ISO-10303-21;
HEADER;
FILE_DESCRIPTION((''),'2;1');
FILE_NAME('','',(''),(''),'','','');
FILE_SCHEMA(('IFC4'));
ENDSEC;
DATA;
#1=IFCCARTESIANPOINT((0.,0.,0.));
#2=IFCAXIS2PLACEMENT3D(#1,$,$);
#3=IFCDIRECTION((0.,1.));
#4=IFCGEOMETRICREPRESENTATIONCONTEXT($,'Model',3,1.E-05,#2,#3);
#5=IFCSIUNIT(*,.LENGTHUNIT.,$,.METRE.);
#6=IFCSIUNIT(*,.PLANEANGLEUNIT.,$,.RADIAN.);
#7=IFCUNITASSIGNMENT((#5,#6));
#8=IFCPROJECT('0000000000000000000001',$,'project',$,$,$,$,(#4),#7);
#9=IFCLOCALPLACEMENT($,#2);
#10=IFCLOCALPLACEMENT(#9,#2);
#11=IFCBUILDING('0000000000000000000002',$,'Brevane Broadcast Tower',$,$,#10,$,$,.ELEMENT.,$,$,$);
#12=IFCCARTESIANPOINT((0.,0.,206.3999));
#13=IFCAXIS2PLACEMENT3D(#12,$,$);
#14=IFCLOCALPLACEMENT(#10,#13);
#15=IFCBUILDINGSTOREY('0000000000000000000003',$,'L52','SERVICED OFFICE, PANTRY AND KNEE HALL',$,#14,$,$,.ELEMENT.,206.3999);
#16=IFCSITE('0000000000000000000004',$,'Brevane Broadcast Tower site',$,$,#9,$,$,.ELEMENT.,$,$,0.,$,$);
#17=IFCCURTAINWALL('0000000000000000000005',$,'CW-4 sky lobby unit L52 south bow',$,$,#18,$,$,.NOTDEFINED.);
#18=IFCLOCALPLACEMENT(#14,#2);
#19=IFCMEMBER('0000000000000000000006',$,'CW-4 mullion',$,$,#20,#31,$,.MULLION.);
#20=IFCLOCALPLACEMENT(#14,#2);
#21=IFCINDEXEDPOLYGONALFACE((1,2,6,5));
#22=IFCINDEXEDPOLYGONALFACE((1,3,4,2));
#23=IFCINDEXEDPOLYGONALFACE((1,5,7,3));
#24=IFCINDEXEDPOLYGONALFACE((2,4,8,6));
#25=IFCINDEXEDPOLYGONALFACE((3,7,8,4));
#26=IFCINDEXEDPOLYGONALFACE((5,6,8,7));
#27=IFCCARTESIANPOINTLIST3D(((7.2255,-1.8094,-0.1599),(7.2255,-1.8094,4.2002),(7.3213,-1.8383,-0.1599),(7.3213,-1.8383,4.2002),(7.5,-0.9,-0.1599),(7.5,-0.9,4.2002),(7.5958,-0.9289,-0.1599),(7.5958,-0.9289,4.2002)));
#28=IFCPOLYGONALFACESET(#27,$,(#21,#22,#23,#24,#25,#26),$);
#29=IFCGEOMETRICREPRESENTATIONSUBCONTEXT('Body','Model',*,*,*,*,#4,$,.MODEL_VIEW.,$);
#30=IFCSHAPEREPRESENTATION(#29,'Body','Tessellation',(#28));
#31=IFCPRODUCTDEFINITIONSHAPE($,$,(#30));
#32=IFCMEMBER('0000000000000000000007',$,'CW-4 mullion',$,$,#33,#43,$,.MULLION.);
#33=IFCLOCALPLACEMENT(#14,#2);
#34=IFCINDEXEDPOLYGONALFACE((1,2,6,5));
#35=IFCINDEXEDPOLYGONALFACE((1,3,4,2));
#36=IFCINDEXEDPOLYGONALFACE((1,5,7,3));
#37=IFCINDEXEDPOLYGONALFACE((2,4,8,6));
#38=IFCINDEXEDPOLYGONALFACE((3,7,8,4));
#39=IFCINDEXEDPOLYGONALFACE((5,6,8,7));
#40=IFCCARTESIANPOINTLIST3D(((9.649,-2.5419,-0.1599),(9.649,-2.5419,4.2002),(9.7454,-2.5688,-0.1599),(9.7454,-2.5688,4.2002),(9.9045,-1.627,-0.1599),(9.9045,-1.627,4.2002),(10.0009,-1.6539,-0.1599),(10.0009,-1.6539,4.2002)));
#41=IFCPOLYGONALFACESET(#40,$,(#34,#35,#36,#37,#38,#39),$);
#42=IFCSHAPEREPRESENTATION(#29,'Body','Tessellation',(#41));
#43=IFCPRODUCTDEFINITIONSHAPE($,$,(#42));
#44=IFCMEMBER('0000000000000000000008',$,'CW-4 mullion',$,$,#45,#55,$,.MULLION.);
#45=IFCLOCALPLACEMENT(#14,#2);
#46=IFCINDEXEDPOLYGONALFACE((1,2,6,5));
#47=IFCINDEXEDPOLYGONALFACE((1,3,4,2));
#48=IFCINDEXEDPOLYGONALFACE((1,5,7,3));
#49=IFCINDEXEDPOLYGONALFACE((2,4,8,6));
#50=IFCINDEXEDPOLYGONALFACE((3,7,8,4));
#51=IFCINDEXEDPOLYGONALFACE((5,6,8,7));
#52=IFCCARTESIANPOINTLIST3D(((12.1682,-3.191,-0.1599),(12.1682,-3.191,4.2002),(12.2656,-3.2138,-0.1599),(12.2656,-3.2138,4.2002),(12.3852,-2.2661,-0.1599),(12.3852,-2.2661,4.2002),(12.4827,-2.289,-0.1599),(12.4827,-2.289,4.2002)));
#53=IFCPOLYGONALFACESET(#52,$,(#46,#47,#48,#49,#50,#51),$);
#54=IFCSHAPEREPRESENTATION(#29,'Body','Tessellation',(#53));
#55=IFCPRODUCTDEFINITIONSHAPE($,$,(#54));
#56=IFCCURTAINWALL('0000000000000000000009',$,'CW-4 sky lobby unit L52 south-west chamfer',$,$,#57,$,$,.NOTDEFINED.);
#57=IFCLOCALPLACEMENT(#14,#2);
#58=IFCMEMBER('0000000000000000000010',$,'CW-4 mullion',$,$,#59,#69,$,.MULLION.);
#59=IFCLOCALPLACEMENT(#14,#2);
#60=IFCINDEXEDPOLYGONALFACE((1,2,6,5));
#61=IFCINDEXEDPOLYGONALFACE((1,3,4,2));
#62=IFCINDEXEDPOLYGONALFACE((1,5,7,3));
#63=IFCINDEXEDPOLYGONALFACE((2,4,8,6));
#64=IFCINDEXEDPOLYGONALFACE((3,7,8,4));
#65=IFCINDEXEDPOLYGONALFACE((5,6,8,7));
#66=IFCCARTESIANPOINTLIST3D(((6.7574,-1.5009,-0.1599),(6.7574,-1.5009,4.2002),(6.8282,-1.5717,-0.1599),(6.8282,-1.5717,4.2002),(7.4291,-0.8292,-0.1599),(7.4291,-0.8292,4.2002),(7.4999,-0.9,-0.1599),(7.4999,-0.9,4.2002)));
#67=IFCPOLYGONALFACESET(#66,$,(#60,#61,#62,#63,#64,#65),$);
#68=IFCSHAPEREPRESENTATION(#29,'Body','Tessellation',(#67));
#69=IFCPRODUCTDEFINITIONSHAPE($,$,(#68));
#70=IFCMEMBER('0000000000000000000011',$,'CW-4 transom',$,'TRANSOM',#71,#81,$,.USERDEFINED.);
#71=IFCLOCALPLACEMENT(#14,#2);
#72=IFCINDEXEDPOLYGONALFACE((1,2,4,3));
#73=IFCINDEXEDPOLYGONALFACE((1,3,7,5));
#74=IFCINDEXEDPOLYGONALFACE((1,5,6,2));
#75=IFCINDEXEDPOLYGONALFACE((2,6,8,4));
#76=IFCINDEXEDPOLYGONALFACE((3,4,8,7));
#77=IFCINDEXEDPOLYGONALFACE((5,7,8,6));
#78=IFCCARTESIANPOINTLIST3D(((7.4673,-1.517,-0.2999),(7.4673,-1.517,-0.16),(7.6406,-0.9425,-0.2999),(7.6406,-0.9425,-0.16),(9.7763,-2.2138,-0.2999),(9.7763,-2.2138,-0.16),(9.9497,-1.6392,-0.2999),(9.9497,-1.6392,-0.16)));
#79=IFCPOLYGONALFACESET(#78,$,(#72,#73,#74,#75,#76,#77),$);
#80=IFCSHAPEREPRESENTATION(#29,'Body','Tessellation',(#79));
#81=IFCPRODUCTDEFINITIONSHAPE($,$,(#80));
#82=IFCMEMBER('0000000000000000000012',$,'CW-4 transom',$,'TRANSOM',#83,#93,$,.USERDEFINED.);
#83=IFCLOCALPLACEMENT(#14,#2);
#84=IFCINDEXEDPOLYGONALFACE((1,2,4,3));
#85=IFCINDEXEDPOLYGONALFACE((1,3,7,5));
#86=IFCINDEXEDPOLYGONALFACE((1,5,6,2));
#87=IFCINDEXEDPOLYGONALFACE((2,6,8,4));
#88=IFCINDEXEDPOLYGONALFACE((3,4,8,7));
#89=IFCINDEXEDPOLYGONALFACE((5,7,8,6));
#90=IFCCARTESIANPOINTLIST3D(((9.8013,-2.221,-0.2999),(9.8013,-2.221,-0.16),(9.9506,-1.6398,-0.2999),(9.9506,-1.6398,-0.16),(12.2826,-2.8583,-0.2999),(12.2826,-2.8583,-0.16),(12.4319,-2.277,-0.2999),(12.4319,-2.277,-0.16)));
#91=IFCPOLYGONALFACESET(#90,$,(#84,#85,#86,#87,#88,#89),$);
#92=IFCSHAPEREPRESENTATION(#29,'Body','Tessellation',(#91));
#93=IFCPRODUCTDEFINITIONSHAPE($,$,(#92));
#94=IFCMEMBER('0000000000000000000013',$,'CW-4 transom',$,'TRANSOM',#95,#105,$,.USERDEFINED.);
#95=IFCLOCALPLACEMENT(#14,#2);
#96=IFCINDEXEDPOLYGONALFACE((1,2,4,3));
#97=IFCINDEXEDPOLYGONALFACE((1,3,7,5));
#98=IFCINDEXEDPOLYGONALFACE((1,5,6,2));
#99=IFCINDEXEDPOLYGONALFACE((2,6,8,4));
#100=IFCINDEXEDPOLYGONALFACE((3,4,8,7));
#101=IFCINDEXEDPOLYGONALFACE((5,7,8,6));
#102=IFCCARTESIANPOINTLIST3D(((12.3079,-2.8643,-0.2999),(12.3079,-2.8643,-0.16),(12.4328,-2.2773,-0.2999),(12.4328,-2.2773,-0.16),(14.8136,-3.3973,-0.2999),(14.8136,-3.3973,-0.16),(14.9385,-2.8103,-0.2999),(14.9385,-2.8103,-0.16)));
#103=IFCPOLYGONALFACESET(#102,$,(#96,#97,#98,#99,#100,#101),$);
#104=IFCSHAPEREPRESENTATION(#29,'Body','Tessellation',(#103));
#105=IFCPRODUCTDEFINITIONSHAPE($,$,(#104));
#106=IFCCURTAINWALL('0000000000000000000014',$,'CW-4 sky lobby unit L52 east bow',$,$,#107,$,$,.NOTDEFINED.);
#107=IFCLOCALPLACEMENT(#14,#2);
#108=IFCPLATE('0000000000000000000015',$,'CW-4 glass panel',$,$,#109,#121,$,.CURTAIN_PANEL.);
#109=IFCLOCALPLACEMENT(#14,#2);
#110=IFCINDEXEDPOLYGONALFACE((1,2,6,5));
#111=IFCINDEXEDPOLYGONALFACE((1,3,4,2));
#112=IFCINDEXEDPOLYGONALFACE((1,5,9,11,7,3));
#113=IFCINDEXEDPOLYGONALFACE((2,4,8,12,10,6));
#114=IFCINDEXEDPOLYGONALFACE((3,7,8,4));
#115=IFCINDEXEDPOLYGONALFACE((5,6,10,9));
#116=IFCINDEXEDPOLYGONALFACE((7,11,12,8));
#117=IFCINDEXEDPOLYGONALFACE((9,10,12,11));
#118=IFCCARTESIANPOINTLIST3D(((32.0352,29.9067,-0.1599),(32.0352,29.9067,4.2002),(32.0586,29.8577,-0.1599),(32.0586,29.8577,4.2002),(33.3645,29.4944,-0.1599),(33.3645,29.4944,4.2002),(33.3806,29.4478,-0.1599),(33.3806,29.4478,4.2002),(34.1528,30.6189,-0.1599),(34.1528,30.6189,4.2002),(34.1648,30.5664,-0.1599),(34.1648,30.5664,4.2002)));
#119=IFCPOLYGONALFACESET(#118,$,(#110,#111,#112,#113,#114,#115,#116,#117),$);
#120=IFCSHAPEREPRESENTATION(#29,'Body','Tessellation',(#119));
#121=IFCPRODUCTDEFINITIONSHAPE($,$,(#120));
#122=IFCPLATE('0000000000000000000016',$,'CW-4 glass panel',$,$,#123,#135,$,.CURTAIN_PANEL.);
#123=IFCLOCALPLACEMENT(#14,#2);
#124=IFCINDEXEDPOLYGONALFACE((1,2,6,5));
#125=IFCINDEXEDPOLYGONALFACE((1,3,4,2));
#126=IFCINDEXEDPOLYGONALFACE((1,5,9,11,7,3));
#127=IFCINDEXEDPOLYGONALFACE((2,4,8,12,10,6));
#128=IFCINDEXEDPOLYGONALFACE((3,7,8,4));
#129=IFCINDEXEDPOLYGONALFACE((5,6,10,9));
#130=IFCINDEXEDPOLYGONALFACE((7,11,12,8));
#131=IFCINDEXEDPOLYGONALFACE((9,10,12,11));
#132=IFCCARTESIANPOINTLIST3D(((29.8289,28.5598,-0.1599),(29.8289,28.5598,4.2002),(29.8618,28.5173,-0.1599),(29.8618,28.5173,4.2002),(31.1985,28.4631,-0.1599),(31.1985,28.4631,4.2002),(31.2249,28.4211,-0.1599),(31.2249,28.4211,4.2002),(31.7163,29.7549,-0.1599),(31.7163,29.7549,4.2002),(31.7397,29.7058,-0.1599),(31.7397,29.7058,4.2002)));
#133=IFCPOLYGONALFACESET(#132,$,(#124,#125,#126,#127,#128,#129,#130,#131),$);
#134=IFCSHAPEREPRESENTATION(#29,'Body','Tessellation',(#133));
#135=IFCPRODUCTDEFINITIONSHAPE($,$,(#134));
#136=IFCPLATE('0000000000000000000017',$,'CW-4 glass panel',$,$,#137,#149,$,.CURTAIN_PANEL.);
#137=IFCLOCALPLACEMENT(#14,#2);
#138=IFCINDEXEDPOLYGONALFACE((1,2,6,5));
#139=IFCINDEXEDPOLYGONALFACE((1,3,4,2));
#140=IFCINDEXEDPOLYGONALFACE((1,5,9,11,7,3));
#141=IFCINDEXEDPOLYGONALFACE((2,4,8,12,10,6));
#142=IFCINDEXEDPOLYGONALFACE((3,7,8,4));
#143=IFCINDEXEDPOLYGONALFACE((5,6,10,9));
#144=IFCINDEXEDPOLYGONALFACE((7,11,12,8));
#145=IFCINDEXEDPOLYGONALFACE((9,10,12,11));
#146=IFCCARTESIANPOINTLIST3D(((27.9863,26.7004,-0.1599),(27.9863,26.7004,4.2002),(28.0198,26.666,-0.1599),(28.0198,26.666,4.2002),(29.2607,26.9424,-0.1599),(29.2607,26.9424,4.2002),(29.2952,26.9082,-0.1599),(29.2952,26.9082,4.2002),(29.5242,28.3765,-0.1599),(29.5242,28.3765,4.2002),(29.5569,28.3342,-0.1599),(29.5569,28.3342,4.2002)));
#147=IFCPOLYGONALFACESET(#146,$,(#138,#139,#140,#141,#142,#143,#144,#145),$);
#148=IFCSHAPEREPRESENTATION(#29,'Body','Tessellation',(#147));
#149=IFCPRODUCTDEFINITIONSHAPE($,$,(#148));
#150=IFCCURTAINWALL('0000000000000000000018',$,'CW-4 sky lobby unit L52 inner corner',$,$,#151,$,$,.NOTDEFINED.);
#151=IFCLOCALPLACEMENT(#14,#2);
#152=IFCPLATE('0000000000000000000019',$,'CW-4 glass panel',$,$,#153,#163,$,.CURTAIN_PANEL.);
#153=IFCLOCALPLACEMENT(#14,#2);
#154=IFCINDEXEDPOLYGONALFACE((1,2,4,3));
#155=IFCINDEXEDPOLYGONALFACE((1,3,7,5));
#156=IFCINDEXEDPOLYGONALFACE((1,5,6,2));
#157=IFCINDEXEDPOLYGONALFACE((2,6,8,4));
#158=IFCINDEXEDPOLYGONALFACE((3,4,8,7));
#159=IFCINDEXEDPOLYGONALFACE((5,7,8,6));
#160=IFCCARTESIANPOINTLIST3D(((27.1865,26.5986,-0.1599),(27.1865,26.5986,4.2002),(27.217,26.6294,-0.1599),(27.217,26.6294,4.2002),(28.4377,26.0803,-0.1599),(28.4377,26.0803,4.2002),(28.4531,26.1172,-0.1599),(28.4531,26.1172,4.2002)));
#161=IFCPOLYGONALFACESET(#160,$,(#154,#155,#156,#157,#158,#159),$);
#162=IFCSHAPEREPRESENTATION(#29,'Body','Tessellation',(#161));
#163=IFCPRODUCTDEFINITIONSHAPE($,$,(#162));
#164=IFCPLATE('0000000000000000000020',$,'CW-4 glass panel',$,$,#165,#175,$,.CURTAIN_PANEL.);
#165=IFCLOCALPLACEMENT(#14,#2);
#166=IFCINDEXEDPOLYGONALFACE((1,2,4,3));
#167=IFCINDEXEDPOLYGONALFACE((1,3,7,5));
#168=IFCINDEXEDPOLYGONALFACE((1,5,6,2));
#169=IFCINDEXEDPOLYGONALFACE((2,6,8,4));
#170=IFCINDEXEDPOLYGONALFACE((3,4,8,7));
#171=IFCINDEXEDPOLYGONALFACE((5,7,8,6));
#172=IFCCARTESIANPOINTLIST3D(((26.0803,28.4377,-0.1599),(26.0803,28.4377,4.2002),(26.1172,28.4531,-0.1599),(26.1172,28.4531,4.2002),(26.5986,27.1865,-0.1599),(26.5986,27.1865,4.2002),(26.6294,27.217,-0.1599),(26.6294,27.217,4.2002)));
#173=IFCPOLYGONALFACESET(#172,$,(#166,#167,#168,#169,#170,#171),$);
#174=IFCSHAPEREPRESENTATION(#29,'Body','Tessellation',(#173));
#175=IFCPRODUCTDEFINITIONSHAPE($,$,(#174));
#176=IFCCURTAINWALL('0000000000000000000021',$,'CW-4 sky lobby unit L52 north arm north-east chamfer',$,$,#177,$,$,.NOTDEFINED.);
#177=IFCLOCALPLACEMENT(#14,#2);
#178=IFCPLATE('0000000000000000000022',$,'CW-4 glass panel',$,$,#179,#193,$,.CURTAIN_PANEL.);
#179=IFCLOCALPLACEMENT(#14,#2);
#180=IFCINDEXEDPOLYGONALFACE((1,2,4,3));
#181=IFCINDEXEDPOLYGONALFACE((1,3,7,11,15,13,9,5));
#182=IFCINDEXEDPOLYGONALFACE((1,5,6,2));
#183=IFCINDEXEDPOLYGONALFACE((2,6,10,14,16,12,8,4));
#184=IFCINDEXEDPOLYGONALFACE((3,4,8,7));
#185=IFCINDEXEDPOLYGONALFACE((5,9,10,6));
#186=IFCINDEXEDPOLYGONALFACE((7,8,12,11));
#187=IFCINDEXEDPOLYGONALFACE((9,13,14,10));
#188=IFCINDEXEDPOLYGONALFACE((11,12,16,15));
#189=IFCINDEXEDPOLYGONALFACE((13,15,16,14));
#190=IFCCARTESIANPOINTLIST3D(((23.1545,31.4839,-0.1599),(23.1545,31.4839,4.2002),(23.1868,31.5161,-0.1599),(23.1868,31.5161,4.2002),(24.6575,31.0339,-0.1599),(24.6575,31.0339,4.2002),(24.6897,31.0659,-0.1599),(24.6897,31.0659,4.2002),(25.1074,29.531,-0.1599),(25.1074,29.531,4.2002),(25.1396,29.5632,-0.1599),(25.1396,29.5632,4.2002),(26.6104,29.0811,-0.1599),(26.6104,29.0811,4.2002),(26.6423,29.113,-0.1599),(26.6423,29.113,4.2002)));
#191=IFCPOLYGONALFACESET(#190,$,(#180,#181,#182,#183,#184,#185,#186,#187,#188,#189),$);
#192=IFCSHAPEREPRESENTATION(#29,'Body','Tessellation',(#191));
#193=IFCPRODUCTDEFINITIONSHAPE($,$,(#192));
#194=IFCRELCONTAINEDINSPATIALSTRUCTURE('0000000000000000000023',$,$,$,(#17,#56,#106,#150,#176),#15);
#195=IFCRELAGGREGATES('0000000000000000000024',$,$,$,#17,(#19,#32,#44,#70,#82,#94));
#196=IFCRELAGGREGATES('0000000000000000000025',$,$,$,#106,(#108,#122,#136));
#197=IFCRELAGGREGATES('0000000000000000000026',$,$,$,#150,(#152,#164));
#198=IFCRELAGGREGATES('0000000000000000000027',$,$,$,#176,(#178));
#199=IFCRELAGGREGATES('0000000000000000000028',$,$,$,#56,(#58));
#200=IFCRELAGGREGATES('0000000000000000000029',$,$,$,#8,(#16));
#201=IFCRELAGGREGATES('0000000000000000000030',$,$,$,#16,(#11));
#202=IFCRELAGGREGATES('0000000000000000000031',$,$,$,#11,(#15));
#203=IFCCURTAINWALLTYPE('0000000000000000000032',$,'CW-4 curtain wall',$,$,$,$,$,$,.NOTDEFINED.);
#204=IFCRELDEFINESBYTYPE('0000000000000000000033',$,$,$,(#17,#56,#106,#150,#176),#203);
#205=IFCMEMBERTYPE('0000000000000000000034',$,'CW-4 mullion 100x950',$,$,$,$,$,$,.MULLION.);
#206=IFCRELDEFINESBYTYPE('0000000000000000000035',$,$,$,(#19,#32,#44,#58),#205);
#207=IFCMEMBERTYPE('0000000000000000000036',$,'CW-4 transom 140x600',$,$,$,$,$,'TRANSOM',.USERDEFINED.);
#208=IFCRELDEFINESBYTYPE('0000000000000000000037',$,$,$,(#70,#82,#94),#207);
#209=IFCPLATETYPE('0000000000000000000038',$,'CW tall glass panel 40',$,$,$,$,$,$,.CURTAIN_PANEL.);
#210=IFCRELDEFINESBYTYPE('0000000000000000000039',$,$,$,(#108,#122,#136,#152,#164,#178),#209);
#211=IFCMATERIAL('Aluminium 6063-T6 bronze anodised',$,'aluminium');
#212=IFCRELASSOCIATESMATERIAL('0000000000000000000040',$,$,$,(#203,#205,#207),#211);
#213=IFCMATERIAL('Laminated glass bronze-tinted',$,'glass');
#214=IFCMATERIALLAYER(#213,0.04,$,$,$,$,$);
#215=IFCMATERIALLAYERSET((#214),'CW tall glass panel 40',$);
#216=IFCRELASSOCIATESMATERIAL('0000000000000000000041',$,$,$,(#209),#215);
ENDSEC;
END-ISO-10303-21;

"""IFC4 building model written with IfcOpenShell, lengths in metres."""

from ifc_helpers import new_model, si_unit, direction, frame, origin, origin_2d, place, context, subcontext, project, spatial, polyline, rectangle, outline, extrude, material, layer, layer_set, material_profile, profile_set, type_object, element, aggregate, save


model = new_model("IFC4")

# Units and contexts
model_context = context("Model", 3, precision=1e-05, world=origin(), true_north=direction((0.0, 1.0)))
body_context = subcontext(model_context, "Body", "Model", "MODEL_VIEW")
ifc_project = project(units=[si_unit("LENGTHUNIT", "METRE"), si_unit("PLANEANGLEUNIT", "RADIAN")], contexts=[model_context])

# Site, building, storey
site_placement = place(None, origin())
site = spatial("IfcSite", under=ifc_project, at=site_placement, Name="Brevane Broadcast Tower site", CompositionType="ELEMENT", RefElevation=0.0)
building_placement = place(site_placement, origin())
building = spatial("IfcBuilding", under=site, at=building_placement, Name="Brevane Broadcast Tower", CompositionType="ELEMENT")
storey_placement = place(building_placement, frame((0.0, 0.0, 206.3999)))
storey = spatial("IfcBuildingStorey", under=building, at=storey_placement, Name="L52", Description="SERVICED OFFICE, PANTRY AND KNEE HALL", CompositionType="ELEMENT", Elevation=206.3999)

# Curtain wall, members
ifc_material_1 = material(Name="Aluminium 6063-T6 bronze anodised", Category="aluminium")
curtain_wall_type = type_object("IfcCurtainWallType", Name="CW-4 curtain wall", PredefinedType="NOTDEFINED", material=ifc_material_1)
curtain_wall_1_placement = place(storey_placement, origin())
curtain_wall_1 = element("IfcCurtainWall", 1, at=curtain_wall_1_placement, inside=storey, type_object=curtain_wall_type, Name="CW-4 sky lobby unit L52 south bow", PredefinedType="NOTDEFINED")
ifc_material_profile_1 = material_profile(ifc_material_1, rectangle(XDim=0.95, YDim=0.1001, at=origin_2d()), Name="RECT 100x950")
ifc_profile_set_1 = profile_set([ifc_material_profile_1], Name="Aluminium 6063-T6 bronze anodised")
member_type_1 = type_object("IfcMemberType", Name="CW-4 mullion 100x950", PredefinedType="MULLION", material=ifc_profile_set_1)
member_1_placement = place(storey_placement, frame((7.4106, -1.3691, -0.1599), z_axis=(0.0, 0.0, 1.0), x_axis=(0.288968, 0.957339, 0.0)))
member_1 = element("IfcMember", 2, at=member_1_placement, type_object=member_type_1, Name="CW-4 mullion", PredefinedType="MULLION", context=body_context, shape_type="SweptSolid", body=[
    extrude(rectangle(XDim=0.95, YDim=0.1001, at=origin_2d()), origin(), (0.0, 0.0, 1.0), 4.3601),
])
member_2_placement = place(storey_placement, frame((9.825, -2.0979, -0.1599), z_axis=(0.0, 0.0, 1.0), x_axis=(0.268916, 0.963164, 0.0)))
member_2 = element("IfcMember", 3, at=member_2_placement, type_object=member_type_1, Name="CW-4 mullion", PredefinedType="MULLION", context=body_context, shape_type="SweptSolid", body=[
    extrude(rectangle(XDim=0.95, YDim=0.1001, at=origin_2d()), origin(), (0.0, 0.0, 1.0), 4.3601),
])
member_3_placement = place(storey_placement, frame((12.3254, -2.74, -0.1599), z_axis=(0.0, 0.0, 1.0), x_axis=(0.228467, 0.973552, 0.0)))
member_3 = element("IfcMember", 4, at=member_3_placement, type_object=member_type_1, Name="CW-4 mullion", PredefinedType="MULLION", context=body_context, shape_type="SweptSolid", body=[
    extrude(rectangle(XDim=0.95, YDim=0.1001, at=origin_2d()), origin(), (0.0, 0.0, 1.0), 4.3601),
])

# Curtain wall, member
curtain_wall_2_placement = place(storey_placement, origin())
curtain_wall_2 = element("IfcCurtainWall", 5, at=curtain_wall_2_placement, inside=storey, type_object=curtain_wall_type, Name="CW-4 sky lobby unit L52 south-west chamfer", PredefinedType="NOTDEFINED")
member_4_placement = place(storey_placement, frame((7.1287, -1.2004, -0.1599), z_axis=(0.0, 0.0, 1.0), x_axis=(0.707107, 0.707107, 0.0)))
member_4 = element("IfcMember", 6, at=member_4_placement, type_object=member_type_1, Name="CW-4 mullion", PredefinedType="MULLION", context=body_context, shape_type="SweptSolid", body=[
    extrude(rectangle(XDim=0.95, YDim=0.1001, at=origin_2d()), origin(), (0.0, 0.0, 1.0), 4.3601),
])

# Members
ifc_material_profile_2 = material_profile(ifc_material_1, rectangle(XDim=0.6001, YDim=0.1399, at=origin_2d()), Name="RECT 140x600")
ifc_profile_set_2 = profile_set([ifc_material_profile_2], Name="Aluminium 6063-T6 bronze anodised")
member_type_2 = type_object("IfcMemberType", Name="CW-4 transom 140x600", ElementType="TRANSOM", PredefinedType="USERDEFINED", material=ifc_profile_set_2)
member_5_placement = place(storey_placement, frame((7.554, -1.2297, -0.23), z_axis=(0.957363, -0.288889, 0.0), x_axis=(0.288889, 0.957363, 0.0)))
member_5 = element("IfcMember", 7, at=member_5_placement, type_object=member_type_2, Name="CW-4 transom", ObjectType="TRANSOM", PredefinedType="USERDEFINED", context=body_context, shape_type="SweptSolid", body=[
    extrude(rectangle(XDim=0.6001, YDim=0.1399, at=origin_2d()), origin(), (0.0, 0.0, 1.0), 2.4119),
])
member_6_placement = place(storey_placement, frame((9.876, -1.9304, -0.23), z_axis=(0.96857, -0.248742, 0.0), x_axis=(0.248742, 0.96857, 0.0)))
member_6 = element("IfcMember", 8, at=member_6_placement, type_object=member_type_2, Name="CW-4 transom", ObjectType="TRANSOM", PredefinedType="USERDEFINED", context=body_context, shape_type="SweptSolid", body=[
    extrude(rectangle(XDim=0.6001, YDim=0.1399, at=origin_2d()), origin(), (0.0, 0.0, 1.0), 2.5618),
])
member_7_placement = place(storey_placement, frame((12.3704, -2.5708, -0.23), z_axis=(0.978118, -0.208051, 0.0), x_axis=(0.208051, 0.978118, 0.0)))
member_7 = element("IfcMember", 9, at=member_7_placement, type_object=member_type_2, Name="CW-4 transom", ObjectType="TRANSOM", PredefinedType="USERDEFINED", context=body_context, shape_type="SweptSolid", body=[
    extrude(rectangle(XDim=0.6001, YDim=0.1399, at=origin_2d()), origin(), (0.0, 0.0, 1.0), 2.5618),
])
aggregate(curtain_wall_1, [member_1, member_2, member_3, member_5, member_6, member_7])

# Curtain walls, plates
curtain_wall_3_placement = place(storey_placement, origin())
curtain_wall_3 = element("IfcCurtainWall", 10, at=curtain_wall_3_placement, inside=storey, type_object=curtain_wall_type, Name="CW-4 sky lobby unit L52 east bow", PredefinedType="NOTDEFINED")
ifc_material_2 = material(Name="Laminated glass bronze-tinted", Category="glass")
ifc_layer_1 = layer(ifc_material_2, 0.04)
ifc_layer_set_1 = layer_set([ifc_layer_1], Name="CW tall glass panel 40")
plate_type = type_object("IfcPlateType", Name="CW tall glass panel 40", PredefinedType="CURTAIN_PANEL", material=ifc_layer_set_1)
plate_1_placement = place(storey_placement, frame((0.0, 0.0, -0.1599)))
plate_1 = element("IfcPlate", 11, at=plate_1_placement, type_object=plate_type, Name="CW-4 glass panel", PredefinedType="CURTAIN_PANEL", context=body_context, shape_type="SweptSolid", body=[
    extrude(outline(polyline([(34.1648, 30.5664), (34.1528, 30.6189), (33.3645, 29.4944), (32.0352, 29.9067), (32.0586, 29.8577), (33.3806, 29.4478), (34.1648, 30.5664)])), origin(), (0.0, 0.0, 1.0), 4.3601),
])
plate_2_placement = place(storey_placement, frame((0.0, 0.0, -0.1599)))
plate_2 = element("IfcPlate", 12, at=plate_2_placement, type_object=plate_type, Name="CW-4 glass panel", PredefinedType="CURTAIN_PANEL", context=body_context, shape_type="SweptSolid", body=[
    extrude(outline(polyline([(31.7397, 29.7058), (31.7163, 29.7549), (31.1985, 28.4631), (29.8289, 28.5598), (29.8618, 28.5173), (31.2249, 28.4211), (31.7397, 29.7058)])), origin(), (0.0, 0.0, 1.0), 4.3601),
])
plate_3_placement = place(storey_placement, frame((0.0, 0.0, -0.1599)))
plate_3 = element("IfcPlate", 13, at=plate_3_placement, type_object=plate_type, Name="CW-4 glass panel", PredefinedType="CURTAIN_PANEL", context=body_context, shape_type="SweptSolid", body=[
    extrude(outline(polyline([(29.5569, 28.3342), (29.5242, 28.3765), (29.2607, 26.9424), (27.9863, 26.7004), (28.0198, 26.666), (29.2952, 26.9082), (29.5569, 28.3342)])), origin(), (0.0, 0.0, 1.0), 4.3601),
])
aggregate(curtain_wall_3, [plate_1, plate_2, plate_3])
curtain_wall_4_placement = place(storey_placement, origin())
curtain_wall_4 = element("IfcCurtainWall", 14, at=curtain_wall_4_placement, inside=storey, type_object=curtain_wall_type, Name="CW-4 sky lobby unit L52 inner corner", PredefinedType="NOTDEFINED")
plate_4_placement = place(storey_placement, frame((0.0, 0.0, -0.1599)))
plate_4 = element("IfcPlate", 15, at=plate_4_placement, type_object=plate_type, Name="CW-4 glass panel", PredefinedType="CURTAIN_PANEL", context=body_context, shape_type="SweptSolid", body=[
    extrude(outline(polyline([(28.4377, 26.0803), (28.4531, 26.1172), (27.217, 26.6294), (27.1865, 26.5986), (28.4377, 26.0803)])), origin(), (0.0, 0.0, 1.0), 4.3601),
])
plate_5_placement = place(storey_placement, frame((0.0, 0.0, -0.1599)))
plate_5 = element("IfcPlate", 16, at=plate_5_placement, type_object=plate_type, Name="CW-4 glass panel", PredefinedType="CURTAIN_PANEL", context=body_context, shape_type="SweptSolid", body=[
    extrude(outline(polyline([(26.5986, 27.1865), (26.6294, 27.217), (26.1172, 28.4531), (26.0803, 28.4377), (26.5986, 27.1865)])), origin(), (0.0, 0.0, 1.0), 4.3601),
])
aggregate(curtain_wall_4, [plate_4, plate_5])
curtain_wall_5_placement = place(storey_placement, origin())
curtain_wall_5 = element("IfcCurtainWall", 17, at=curtain_wall_5_placement, inside=storey, type_object=curtain_wall_type, Name="CW-4 sky lobby unit L52 north arm north-east chamfer", PredefinedType="NOTDEFINED")
plate_6_placement = place(storey_placement, frame((0.0, 0.0, -0.1599)))
plate_6 = element("IfcPlate", 18, at=plate_6_placement, type_object=plate_type, Name="CW-4 glass panel", PredefinedType="CURTAIN_PANEL", context=body_context, shape_type="SweptSolid", body=[
    extrude(outline(polyline([(26.6104, 29.0811), (26.6423, 29.113), (25.1396, 29.5632), (24.6897, 31.0659), (23.1868, 31.5161), (23.1545, 31.4839), (24.6575, 31.0339), (25.1074, 29.531), (26.6104, 29.0811)])), origin(), (0.0, 0.0, 1.0), 4.3601),
])
aggregate(curtain_wall_5, [plate_6])

aggregate(curtain_wall_2, [member_4])

save(model, "model.ifc")
